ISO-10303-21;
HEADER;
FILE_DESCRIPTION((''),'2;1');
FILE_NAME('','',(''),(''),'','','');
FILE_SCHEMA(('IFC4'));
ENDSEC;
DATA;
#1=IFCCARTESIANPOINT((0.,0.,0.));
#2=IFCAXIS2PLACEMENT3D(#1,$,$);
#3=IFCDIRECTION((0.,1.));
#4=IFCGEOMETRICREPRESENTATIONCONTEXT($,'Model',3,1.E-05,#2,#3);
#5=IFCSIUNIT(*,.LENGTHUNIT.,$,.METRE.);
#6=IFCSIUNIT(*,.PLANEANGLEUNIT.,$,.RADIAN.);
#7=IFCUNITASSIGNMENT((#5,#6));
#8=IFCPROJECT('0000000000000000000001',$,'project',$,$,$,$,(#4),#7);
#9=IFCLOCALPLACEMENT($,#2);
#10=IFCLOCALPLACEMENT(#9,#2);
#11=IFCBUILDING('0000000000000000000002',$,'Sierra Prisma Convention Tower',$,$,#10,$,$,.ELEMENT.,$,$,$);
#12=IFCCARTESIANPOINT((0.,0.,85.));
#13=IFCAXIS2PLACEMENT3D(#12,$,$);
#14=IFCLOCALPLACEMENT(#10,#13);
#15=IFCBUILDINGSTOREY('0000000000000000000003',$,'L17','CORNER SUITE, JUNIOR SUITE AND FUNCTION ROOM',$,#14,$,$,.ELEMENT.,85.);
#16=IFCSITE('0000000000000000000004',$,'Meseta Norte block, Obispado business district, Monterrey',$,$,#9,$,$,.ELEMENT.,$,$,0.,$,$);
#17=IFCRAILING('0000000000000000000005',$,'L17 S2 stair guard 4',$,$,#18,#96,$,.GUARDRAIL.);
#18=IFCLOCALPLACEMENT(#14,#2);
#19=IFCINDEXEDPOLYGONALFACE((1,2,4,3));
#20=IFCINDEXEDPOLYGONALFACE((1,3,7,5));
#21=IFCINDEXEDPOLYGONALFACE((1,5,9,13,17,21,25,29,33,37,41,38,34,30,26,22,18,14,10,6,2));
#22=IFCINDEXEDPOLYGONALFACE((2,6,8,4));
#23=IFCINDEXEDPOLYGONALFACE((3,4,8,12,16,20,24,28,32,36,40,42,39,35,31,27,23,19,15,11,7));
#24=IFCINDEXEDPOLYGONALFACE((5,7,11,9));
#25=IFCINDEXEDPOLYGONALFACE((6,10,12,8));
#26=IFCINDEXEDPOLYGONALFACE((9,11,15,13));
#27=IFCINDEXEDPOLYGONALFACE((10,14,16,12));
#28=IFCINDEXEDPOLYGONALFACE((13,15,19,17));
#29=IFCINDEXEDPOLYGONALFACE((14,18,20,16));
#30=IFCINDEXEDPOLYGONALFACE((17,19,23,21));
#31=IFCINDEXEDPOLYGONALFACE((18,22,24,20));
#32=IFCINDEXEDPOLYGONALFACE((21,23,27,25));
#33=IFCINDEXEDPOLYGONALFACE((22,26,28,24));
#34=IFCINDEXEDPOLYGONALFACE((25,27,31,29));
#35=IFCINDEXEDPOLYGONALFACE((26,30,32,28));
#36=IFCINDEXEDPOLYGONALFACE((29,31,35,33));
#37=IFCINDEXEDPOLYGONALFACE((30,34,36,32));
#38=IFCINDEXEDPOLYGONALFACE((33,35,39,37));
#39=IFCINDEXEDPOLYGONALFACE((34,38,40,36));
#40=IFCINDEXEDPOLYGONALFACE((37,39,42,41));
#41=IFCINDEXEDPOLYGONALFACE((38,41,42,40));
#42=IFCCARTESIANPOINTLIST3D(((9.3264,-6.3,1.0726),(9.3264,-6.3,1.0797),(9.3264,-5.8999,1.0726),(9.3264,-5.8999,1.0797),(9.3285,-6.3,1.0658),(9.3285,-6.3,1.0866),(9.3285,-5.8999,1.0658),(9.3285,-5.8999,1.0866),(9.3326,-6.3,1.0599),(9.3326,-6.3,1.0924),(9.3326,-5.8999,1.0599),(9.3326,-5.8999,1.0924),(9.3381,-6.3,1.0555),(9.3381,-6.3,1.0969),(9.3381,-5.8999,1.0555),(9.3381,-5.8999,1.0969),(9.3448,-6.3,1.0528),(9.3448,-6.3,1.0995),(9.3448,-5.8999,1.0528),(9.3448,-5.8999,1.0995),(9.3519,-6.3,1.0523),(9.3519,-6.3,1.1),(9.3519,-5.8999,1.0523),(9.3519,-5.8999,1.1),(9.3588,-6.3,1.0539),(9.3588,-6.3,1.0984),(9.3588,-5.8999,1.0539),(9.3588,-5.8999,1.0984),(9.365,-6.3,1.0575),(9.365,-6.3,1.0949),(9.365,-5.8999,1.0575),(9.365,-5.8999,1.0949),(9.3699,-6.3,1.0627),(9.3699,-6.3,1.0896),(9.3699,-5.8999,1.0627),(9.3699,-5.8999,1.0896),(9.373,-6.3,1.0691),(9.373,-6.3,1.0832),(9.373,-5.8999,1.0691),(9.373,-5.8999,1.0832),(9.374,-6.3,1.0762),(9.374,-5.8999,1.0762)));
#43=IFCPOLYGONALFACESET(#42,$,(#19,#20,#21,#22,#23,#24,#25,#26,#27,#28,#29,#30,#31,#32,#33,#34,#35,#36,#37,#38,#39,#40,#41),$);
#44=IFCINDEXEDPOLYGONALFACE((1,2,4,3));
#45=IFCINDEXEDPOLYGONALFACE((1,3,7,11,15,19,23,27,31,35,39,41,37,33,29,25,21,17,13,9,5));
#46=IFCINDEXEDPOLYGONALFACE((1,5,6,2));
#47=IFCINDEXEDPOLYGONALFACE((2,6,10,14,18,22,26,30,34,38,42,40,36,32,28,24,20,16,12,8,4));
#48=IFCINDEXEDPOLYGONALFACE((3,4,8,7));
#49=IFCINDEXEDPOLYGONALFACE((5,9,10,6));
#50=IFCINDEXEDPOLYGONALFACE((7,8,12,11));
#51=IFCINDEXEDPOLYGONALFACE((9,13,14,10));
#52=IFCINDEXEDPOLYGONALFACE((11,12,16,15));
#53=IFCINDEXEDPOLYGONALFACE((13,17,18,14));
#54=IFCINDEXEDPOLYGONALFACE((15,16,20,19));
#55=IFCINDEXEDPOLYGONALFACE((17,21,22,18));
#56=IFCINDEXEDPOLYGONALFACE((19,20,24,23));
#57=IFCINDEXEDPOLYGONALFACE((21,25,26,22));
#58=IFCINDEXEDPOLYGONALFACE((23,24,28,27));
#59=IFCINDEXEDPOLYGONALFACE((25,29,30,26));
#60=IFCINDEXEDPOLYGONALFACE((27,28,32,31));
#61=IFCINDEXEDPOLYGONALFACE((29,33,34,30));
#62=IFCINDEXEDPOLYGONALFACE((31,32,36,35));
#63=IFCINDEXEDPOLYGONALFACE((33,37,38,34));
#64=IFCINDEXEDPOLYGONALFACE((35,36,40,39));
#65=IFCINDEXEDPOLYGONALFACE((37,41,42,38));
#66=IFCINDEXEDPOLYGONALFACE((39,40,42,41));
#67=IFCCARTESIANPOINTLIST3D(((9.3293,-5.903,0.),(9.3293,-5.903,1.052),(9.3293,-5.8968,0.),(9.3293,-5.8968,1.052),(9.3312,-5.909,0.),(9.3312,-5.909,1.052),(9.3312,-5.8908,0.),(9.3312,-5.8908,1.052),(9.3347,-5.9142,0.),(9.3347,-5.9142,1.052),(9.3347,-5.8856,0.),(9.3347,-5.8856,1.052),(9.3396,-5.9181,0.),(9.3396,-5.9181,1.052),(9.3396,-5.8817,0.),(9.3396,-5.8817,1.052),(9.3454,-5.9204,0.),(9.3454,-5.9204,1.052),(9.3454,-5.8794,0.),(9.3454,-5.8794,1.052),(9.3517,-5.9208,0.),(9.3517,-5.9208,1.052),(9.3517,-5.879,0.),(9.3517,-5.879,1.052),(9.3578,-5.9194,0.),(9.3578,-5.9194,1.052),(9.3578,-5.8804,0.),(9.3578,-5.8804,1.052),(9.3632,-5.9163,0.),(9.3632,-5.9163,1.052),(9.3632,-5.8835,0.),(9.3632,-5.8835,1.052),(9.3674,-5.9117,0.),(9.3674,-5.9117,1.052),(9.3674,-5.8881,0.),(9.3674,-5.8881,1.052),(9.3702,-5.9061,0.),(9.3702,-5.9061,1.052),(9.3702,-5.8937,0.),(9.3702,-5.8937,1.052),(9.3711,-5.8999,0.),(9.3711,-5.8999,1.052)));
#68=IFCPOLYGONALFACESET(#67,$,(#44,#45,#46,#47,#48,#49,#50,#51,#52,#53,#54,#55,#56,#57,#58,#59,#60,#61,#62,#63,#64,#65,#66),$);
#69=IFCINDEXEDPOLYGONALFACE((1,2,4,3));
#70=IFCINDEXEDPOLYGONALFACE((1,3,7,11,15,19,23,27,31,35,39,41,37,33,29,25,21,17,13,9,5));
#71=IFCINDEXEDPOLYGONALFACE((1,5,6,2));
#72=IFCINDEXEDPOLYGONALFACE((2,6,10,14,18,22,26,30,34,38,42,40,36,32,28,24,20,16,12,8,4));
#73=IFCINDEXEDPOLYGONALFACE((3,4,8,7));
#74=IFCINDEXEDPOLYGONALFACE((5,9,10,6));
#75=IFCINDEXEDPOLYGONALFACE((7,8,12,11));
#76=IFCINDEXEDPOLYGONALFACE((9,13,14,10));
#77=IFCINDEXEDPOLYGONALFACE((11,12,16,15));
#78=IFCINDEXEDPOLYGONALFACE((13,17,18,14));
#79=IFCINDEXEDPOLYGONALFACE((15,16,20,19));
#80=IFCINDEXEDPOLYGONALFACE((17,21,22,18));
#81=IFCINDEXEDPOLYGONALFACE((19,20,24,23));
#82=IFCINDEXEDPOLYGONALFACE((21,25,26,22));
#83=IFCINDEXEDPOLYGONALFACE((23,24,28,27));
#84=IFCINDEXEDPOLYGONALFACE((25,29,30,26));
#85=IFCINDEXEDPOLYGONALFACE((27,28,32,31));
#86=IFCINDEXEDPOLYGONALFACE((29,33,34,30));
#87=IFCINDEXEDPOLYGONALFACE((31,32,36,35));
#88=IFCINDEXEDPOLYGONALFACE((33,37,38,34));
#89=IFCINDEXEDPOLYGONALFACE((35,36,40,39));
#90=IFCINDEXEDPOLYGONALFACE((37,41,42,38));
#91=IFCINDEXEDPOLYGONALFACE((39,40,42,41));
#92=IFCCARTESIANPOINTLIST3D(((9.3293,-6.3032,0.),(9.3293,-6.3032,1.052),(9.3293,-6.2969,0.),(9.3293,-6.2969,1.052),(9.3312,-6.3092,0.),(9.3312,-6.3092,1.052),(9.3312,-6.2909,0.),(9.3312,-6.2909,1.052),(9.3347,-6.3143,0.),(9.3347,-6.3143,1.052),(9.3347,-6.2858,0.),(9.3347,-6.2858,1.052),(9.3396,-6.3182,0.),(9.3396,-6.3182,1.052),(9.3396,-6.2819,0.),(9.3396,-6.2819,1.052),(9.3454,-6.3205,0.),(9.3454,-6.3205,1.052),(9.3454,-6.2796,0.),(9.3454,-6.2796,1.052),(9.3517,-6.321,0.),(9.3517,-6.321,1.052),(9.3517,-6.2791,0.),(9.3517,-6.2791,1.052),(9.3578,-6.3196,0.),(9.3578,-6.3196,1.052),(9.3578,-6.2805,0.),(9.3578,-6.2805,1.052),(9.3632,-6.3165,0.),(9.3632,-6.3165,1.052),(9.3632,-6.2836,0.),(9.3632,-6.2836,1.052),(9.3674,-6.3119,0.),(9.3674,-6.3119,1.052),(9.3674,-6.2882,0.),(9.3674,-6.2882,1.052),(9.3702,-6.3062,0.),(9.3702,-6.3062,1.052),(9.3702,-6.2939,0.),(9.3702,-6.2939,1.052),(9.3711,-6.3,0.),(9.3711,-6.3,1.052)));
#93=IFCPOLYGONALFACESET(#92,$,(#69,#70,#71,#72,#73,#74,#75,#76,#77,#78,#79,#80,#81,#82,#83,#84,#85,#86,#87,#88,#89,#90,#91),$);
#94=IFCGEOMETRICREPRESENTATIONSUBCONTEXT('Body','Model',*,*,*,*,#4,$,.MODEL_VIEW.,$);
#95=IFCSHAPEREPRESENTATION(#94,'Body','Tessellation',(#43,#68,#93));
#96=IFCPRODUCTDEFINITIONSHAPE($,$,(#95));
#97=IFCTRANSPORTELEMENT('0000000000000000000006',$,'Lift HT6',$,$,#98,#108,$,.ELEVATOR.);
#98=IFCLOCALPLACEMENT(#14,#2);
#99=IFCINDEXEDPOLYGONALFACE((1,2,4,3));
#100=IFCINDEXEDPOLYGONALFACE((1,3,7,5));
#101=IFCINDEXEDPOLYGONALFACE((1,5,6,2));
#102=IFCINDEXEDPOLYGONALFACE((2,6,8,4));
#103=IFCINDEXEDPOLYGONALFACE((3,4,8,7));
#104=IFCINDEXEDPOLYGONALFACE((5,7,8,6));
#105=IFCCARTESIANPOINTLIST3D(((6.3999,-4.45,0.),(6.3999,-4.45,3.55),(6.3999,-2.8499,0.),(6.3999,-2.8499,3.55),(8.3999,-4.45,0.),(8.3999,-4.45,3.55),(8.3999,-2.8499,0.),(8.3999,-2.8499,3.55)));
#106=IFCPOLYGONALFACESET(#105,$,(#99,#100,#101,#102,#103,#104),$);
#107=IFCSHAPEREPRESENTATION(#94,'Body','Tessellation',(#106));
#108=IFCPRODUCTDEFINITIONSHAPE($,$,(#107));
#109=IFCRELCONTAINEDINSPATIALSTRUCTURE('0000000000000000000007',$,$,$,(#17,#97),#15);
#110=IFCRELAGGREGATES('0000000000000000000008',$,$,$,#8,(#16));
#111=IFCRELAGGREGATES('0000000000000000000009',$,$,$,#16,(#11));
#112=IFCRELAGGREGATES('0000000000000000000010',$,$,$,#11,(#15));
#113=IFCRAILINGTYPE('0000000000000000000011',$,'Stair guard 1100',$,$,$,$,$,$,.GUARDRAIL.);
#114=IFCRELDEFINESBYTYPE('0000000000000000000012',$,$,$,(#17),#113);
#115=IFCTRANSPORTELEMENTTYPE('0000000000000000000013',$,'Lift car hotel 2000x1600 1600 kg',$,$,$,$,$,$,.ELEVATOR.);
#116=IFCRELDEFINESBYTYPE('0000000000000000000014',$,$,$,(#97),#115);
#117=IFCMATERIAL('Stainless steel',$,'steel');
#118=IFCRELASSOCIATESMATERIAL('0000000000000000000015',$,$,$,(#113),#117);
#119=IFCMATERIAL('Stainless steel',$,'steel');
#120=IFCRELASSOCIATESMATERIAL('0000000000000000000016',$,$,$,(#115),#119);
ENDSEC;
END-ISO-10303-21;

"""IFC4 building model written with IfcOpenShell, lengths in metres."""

from ifc_helpers import new_model, si_unit, direction, frame, origin, origin_2d, place, context, subcontext, project, spatial, rectangle, circle, extrude, material, type_object, element, save


model = new_model("IFC4")

# Units and contexts
model_context = context("Model", 3, precision=1e-05, world=origin(), true_north=direction((0.0, 1.0)))
body_context = subcontext(model_context, "Body", "Model", "MODEL_VIEW")
ifc_project = project(units=[si_unit("LENGTHUNIT", "METRE"), si_unit("PLANEANGLEUNIT", "RADIAN")], contexts=[model_context])

# Site, building, storey
site_placement = place(None, origin())
site = spatial("IfcSite", under=ifc_project, at=site_placement, Name="Meseta Norte block, Obispado business district, Monterrey", CompositionType="ELEMENT", RefElevation=0.0)
building_placement = place(site_placement, origin())
building = spatial("IfcBuilding", under=site, at=building_placement, Name="Sierra Prisma Convention Tower", CompositionType="ELEMENT")
storey_placement = place(building_placement, frame((0.0, 0.0, 85.0)))
storey = spatial("IfcBuildingStorey", under=building, at=storey_placement, Name="L17", Description="CORNER SUITE, JUNIOR SUITE AND FUNCTION ROOM", CompositionType="ELEMENT", Elevation=85.0)

# Railing
ifc_material_1 = material(Name="Stainless steel", Category="steel")
railing_type_1 = type_object("IfcRailingType", Name="Stair guard 1100", PredefinedType="GUARDRAIL", material=ifc_material_1)
railing_1_placement = place(storey_placement, frame((9.3501, -5.8999, 0.0)))
element("IfcRailing", 1, at=railing_1_placement, inside=storey, type_object=railing_type_1, Name="L17 S2 stair guard 4", PredefinedType="GUARDRAIL", context=body_context, shape_type="SweptSolid", body=[
    extrude(circle(Radius=0.0239, at=origin_2d()), frame((0.0, 0.0, 1.0762), z_axis=(0.0, -1.0, 0.0), x_axis=(1.0, 0.0, 0.0)), (0.0, 0.0, 1.0), 0.4001),
    extrude(circle(Radius=0.021, at=origin_2d()), origin(), (0.0, 0.0, 1.0), 1.052),
    extrude(circle(Radius=0.021, at=origin_2d()), frame((0.0, -0.4001, 0.0)), (0.0, 0.0, 1.0), 1.052),
])

# Transport element
ifc_material_2 = material(Name="Stainless steel", Category="steel")
transport_element_type = type_object("IfcTransportElementType", Name="Lift car hotel 2000x1600 1600 kg", PredefinedType="ELEVATOR", material=ifc_material_2)
transport_element_placement = place(storey_placement, frame((7.3999, -3.6499, 0.0), z_axis=(0.0, 0.0, 1.0), x_axis=(1.0, 0.0, 0.0)))
element("IfcTransportElement", 2, at=transport_element_placement, inside=storey, type_object=transport_element_type, Name="Lift HT6", PredefinedType="ELEVATOR", context=body_context, shape_type="SweptSolid", body=[
    extrude(rectangle(XDim=2.0, YDim=1.6001, at=origin_2d()), origin(), (0.0, 0.0, 1.0), 3.55),
])

save(model, "model.ifc")
